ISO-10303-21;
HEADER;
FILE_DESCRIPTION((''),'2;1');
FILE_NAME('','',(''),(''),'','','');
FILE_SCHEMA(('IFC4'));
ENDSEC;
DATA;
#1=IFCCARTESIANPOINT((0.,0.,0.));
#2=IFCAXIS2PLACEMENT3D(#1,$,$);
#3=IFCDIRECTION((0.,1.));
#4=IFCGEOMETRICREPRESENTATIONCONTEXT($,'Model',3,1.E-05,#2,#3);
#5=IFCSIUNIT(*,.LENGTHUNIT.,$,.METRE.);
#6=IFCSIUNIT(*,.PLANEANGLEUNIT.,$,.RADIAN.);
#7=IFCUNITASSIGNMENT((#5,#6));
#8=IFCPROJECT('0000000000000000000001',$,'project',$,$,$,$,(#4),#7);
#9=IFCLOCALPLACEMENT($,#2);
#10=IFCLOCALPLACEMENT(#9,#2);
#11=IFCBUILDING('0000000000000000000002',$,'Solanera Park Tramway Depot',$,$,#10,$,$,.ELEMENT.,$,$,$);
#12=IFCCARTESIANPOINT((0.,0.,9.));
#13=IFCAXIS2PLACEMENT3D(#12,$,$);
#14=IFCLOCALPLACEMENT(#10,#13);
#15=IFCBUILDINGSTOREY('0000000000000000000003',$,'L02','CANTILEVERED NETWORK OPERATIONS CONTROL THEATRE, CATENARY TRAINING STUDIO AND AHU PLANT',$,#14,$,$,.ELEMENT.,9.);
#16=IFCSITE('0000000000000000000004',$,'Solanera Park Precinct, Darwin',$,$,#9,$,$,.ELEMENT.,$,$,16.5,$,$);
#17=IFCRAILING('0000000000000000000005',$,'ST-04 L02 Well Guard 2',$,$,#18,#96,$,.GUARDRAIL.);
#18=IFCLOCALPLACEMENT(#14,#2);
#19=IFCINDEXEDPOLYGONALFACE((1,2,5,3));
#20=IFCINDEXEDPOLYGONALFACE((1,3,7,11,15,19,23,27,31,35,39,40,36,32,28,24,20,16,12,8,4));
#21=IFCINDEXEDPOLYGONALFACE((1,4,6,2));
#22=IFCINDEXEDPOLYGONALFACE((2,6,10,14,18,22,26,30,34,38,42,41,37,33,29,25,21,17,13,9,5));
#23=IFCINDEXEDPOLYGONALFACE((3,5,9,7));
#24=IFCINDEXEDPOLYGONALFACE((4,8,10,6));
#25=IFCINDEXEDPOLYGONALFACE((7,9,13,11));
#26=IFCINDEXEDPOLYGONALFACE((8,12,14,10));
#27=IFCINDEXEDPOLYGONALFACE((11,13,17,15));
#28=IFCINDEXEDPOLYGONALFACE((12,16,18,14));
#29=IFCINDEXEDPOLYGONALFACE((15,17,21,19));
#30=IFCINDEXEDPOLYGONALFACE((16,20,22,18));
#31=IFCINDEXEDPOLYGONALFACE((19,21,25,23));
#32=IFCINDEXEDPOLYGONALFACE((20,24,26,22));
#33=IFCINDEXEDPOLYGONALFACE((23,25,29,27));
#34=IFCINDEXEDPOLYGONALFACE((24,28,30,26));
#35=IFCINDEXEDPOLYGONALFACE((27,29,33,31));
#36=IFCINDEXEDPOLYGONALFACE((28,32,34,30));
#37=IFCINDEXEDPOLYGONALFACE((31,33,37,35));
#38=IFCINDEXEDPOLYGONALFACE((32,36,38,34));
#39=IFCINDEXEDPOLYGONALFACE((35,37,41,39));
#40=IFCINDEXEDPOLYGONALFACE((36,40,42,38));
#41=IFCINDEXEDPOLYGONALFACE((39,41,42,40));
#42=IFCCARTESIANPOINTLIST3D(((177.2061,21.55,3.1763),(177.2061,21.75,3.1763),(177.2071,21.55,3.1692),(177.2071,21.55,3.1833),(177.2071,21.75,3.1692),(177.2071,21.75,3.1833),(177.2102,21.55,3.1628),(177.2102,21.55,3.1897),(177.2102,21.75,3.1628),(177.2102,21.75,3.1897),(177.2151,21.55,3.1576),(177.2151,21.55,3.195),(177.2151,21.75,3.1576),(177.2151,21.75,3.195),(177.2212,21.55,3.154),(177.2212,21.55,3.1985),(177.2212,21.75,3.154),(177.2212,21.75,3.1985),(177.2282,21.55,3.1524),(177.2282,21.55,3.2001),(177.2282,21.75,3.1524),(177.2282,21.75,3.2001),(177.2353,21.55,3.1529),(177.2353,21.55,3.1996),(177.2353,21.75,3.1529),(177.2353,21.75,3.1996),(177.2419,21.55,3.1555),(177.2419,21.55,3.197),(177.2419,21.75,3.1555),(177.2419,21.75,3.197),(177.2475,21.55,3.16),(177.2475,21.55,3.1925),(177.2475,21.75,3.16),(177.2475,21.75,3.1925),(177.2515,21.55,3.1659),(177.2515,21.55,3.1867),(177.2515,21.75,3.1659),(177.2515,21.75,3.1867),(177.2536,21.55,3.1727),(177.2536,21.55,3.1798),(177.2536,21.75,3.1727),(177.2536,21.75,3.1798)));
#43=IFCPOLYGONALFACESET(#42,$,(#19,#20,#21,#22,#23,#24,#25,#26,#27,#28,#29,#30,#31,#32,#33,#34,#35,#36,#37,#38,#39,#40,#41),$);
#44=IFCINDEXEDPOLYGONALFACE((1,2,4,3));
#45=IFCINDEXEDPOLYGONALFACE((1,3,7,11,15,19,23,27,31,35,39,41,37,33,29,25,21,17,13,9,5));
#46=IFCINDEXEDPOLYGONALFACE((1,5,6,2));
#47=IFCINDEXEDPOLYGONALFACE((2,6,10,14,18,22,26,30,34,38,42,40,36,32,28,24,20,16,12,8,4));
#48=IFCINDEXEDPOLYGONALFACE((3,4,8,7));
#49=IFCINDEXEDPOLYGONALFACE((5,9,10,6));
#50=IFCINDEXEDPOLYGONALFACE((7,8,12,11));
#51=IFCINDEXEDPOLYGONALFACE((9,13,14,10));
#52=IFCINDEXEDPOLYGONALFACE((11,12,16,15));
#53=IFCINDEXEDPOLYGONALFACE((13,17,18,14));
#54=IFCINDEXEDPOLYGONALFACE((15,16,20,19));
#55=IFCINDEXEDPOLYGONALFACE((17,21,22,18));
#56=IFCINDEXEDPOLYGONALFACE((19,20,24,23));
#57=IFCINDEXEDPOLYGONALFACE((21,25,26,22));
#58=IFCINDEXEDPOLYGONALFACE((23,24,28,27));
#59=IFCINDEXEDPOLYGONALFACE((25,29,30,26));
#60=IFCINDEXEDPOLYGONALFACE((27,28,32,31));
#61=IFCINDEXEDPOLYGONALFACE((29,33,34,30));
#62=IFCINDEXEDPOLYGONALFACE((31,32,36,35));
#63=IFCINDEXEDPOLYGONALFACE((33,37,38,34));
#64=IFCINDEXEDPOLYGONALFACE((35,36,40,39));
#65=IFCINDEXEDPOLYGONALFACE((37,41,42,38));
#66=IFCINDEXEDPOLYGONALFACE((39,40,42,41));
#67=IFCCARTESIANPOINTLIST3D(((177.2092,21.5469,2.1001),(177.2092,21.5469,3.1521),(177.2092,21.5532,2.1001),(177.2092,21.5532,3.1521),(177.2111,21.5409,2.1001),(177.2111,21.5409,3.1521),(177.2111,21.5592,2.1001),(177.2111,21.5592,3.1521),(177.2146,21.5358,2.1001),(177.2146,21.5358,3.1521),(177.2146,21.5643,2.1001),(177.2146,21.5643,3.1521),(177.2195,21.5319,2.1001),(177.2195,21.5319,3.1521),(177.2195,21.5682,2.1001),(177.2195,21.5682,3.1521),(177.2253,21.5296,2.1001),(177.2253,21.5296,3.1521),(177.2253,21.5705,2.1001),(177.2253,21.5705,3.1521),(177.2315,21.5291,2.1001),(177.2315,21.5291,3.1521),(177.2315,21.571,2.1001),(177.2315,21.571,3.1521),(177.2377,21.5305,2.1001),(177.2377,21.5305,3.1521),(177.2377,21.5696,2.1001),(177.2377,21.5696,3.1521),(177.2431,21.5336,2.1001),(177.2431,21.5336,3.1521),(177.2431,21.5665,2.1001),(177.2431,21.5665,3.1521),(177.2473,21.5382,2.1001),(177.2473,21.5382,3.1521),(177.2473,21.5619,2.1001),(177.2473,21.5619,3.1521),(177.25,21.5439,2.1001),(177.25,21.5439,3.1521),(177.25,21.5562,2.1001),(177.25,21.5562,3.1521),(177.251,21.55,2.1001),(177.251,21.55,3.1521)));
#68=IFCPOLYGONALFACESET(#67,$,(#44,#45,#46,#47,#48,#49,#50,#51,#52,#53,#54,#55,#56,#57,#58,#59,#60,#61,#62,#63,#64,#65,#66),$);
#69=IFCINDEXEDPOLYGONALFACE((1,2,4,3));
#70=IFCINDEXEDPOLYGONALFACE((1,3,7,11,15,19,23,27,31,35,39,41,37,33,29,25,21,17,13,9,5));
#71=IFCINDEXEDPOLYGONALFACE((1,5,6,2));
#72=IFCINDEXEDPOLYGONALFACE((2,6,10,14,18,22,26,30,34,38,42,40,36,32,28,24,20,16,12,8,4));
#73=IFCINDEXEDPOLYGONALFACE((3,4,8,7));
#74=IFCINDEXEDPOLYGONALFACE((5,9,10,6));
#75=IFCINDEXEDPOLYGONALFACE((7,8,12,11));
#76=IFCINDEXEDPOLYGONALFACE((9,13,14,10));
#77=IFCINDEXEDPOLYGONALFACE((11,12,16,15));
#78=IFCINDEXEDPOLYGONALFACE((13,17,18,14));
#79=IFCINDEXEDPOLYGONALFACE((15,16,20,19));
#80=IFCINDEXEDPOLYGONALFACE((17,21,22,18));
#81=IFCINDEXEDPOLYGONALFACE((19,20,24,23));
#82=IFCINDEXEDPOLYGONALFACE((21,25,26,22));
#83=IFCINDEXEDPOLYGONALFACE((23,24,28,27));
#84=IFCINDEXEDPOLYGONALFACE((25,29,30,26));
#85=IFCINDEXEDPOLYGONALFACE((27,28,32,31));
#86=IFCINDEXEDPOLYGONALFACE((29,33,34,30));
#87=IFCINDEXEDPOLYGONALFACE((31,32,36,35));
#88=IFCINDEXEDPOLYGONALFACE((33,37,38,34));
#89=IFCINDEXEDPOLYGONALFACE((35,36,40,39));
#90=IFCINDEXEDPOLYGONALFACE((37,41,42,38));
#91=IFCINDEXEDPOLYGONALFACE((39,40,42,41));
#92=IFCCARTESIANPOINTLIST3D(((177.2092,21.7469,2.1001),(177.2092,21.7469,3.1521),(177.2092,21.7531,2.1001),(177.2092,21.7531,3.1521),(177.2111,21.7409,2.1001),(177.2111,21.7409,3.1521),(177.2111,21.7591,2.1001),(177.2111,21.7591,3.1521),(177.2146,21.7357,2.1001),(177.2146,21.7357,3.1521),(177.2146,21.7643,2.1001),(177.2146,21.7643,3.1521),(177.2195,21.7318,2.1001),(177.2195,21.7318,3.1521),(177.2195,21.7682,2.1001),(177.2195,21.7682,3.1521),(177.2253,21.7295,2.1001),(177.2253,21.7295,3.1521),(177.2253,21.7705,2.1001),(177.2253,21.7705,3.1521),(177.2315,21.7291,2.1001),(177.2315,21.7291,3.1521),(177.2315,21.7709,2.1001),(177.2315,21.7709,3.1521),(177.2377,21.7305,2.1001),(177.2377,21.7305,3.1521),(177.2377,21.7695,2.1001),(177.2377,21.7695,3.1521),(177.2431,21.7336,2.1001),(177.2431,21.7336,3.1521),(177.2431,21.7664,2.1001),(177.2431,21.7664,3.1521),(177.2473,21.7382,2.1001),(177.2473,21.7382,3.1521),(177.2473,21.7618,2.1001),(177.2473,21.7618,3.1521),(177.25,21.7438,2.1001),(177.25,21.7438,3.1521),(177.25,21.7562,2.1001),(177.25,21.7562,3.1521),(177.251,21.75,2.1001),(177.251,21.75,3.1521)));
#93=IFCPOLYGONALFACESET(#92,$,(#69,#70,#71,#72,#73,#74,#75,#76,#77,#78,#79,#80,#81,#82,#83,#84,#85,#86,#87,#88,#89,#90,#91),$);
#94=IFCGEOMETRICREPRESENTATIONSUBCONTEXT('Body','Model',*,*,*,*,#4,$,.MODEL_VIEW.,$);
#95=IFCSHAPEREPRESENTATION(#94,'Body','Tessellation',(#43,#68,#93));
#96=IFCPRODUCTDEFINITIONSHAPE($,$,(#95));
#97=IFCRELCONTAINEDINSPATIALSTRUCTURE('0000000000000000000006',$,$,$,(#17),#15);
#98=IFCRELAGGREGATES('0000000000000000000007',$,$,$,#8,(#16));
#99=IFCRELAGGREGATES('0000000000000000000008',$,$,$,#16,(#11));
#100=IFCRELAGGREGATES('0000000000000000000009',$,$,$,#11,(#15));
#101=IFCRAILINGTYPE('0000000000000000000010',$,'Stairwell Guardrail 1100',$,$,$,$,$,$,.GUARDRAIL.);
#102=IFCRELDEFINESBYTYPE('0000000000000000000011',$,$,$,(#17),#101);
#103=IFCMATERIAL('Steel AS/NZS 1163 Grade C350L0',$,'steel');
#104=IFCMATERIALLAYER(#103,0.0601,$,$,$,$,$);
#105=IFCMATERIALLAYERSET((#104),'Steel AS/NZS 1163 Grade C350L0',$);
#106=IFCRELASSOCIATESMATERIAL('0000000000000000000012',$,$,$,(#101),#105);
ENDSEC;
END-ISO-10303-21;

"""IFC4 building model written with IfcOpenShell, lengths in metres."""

from ifc_helpers import new_model, si_unit, direction, frame, origin, origin_2d, place, context, subcontext, project, spatial, circle, extrude, material, layer, layer_set, type_object, element, save


model = new_model("IFC4")

# Units and contexts
model_context = context("Model", 3, precision=1e-05, world=origin(), true_north=direction((0.0, 1.0)))
body_context = subcontext(model_context, "Body", "Model", "MODEL_VIEW")
ifc_project = project(units=[si_unit("LENGTHUNIT", "METRE"), si_unit("PLANEANGLEUNIT", "RADIAN")], contexts=[model_context])

# Site, building, storey
site_placement = place(None, origin())
site = spatial("IfcSite", under=ifc_project, at=site_placement, Name="Solanera Park Precinct, Darwin", CompositionType="ELEMENT", RefElevation=16.5)
building_placement = place(site_placement, origin())
building = spatial("IfcBuilding", under=site, at=building_placement, Name="Solanera Park Tramway Depot", CompositionType="ELEMENT")
storey_placement = place(building_placement, frame((0.0, 0.0, 9.0)))
storey = spatial("IfcBuildingStorey", under=building, at=storey_placement, Name="L02", Description="CANTILEVERED NETWORK OPERATIONS CONTROL THEATRE, CATENARY TRAINING STUDIO AND AHU PLANT", CompositionType="ELEMENT", Elevation=9.0)

# Railing
ifc_material_1 = material(Name="Steel AS/NZS 1163 Grade C350L0", Category="steel")
ifc_layer_1 = layer(ifc_material_1, 0.0601)
ifc_layer_set_1 = layer_set([ifc_layer_1], Name="Steel AS/NZS 1163 Grade C350L0")
railing_type_1 = type_object("IfcRailingType", Name="Stairwell Guardrail 1100", PredefinedType="GUARDRAIL", material=ifc_layer_set_1)
railing_1_placement = place(storey_placement, frame((177.23, 21.55, 2.1001)))
element("IfcRailing", 1, at=railing_1_placement, inside=storey, type_object=railing_type_1, Name="ST-04 L02 Well Guard 2", PredefinedType="GUARDRAIL", context=body_context, shape_type="SweptSolid", body=[
    extrude(circle(Radius=0.0239, at=origin_2d()), frame((0.0, 0.0, 1.0762), z_axis=(0.0, 1.0, 0.0), x_axis=(-1.0, 0.0, 0.0)), (0.0, 0.0, 1.0), 0.2),
    extrude(circle(Radius=0.021, at=origin_2d()), origin(), (0.0, 0.0, 1.0), 1.052),
    extrude(circle(Radius=0.021, at=origin_2d()), frame((0.0, 0.2, 0.0)), (0.0, 0.0, 1.0), 1.052),
])

save(model, "model.ifc")
